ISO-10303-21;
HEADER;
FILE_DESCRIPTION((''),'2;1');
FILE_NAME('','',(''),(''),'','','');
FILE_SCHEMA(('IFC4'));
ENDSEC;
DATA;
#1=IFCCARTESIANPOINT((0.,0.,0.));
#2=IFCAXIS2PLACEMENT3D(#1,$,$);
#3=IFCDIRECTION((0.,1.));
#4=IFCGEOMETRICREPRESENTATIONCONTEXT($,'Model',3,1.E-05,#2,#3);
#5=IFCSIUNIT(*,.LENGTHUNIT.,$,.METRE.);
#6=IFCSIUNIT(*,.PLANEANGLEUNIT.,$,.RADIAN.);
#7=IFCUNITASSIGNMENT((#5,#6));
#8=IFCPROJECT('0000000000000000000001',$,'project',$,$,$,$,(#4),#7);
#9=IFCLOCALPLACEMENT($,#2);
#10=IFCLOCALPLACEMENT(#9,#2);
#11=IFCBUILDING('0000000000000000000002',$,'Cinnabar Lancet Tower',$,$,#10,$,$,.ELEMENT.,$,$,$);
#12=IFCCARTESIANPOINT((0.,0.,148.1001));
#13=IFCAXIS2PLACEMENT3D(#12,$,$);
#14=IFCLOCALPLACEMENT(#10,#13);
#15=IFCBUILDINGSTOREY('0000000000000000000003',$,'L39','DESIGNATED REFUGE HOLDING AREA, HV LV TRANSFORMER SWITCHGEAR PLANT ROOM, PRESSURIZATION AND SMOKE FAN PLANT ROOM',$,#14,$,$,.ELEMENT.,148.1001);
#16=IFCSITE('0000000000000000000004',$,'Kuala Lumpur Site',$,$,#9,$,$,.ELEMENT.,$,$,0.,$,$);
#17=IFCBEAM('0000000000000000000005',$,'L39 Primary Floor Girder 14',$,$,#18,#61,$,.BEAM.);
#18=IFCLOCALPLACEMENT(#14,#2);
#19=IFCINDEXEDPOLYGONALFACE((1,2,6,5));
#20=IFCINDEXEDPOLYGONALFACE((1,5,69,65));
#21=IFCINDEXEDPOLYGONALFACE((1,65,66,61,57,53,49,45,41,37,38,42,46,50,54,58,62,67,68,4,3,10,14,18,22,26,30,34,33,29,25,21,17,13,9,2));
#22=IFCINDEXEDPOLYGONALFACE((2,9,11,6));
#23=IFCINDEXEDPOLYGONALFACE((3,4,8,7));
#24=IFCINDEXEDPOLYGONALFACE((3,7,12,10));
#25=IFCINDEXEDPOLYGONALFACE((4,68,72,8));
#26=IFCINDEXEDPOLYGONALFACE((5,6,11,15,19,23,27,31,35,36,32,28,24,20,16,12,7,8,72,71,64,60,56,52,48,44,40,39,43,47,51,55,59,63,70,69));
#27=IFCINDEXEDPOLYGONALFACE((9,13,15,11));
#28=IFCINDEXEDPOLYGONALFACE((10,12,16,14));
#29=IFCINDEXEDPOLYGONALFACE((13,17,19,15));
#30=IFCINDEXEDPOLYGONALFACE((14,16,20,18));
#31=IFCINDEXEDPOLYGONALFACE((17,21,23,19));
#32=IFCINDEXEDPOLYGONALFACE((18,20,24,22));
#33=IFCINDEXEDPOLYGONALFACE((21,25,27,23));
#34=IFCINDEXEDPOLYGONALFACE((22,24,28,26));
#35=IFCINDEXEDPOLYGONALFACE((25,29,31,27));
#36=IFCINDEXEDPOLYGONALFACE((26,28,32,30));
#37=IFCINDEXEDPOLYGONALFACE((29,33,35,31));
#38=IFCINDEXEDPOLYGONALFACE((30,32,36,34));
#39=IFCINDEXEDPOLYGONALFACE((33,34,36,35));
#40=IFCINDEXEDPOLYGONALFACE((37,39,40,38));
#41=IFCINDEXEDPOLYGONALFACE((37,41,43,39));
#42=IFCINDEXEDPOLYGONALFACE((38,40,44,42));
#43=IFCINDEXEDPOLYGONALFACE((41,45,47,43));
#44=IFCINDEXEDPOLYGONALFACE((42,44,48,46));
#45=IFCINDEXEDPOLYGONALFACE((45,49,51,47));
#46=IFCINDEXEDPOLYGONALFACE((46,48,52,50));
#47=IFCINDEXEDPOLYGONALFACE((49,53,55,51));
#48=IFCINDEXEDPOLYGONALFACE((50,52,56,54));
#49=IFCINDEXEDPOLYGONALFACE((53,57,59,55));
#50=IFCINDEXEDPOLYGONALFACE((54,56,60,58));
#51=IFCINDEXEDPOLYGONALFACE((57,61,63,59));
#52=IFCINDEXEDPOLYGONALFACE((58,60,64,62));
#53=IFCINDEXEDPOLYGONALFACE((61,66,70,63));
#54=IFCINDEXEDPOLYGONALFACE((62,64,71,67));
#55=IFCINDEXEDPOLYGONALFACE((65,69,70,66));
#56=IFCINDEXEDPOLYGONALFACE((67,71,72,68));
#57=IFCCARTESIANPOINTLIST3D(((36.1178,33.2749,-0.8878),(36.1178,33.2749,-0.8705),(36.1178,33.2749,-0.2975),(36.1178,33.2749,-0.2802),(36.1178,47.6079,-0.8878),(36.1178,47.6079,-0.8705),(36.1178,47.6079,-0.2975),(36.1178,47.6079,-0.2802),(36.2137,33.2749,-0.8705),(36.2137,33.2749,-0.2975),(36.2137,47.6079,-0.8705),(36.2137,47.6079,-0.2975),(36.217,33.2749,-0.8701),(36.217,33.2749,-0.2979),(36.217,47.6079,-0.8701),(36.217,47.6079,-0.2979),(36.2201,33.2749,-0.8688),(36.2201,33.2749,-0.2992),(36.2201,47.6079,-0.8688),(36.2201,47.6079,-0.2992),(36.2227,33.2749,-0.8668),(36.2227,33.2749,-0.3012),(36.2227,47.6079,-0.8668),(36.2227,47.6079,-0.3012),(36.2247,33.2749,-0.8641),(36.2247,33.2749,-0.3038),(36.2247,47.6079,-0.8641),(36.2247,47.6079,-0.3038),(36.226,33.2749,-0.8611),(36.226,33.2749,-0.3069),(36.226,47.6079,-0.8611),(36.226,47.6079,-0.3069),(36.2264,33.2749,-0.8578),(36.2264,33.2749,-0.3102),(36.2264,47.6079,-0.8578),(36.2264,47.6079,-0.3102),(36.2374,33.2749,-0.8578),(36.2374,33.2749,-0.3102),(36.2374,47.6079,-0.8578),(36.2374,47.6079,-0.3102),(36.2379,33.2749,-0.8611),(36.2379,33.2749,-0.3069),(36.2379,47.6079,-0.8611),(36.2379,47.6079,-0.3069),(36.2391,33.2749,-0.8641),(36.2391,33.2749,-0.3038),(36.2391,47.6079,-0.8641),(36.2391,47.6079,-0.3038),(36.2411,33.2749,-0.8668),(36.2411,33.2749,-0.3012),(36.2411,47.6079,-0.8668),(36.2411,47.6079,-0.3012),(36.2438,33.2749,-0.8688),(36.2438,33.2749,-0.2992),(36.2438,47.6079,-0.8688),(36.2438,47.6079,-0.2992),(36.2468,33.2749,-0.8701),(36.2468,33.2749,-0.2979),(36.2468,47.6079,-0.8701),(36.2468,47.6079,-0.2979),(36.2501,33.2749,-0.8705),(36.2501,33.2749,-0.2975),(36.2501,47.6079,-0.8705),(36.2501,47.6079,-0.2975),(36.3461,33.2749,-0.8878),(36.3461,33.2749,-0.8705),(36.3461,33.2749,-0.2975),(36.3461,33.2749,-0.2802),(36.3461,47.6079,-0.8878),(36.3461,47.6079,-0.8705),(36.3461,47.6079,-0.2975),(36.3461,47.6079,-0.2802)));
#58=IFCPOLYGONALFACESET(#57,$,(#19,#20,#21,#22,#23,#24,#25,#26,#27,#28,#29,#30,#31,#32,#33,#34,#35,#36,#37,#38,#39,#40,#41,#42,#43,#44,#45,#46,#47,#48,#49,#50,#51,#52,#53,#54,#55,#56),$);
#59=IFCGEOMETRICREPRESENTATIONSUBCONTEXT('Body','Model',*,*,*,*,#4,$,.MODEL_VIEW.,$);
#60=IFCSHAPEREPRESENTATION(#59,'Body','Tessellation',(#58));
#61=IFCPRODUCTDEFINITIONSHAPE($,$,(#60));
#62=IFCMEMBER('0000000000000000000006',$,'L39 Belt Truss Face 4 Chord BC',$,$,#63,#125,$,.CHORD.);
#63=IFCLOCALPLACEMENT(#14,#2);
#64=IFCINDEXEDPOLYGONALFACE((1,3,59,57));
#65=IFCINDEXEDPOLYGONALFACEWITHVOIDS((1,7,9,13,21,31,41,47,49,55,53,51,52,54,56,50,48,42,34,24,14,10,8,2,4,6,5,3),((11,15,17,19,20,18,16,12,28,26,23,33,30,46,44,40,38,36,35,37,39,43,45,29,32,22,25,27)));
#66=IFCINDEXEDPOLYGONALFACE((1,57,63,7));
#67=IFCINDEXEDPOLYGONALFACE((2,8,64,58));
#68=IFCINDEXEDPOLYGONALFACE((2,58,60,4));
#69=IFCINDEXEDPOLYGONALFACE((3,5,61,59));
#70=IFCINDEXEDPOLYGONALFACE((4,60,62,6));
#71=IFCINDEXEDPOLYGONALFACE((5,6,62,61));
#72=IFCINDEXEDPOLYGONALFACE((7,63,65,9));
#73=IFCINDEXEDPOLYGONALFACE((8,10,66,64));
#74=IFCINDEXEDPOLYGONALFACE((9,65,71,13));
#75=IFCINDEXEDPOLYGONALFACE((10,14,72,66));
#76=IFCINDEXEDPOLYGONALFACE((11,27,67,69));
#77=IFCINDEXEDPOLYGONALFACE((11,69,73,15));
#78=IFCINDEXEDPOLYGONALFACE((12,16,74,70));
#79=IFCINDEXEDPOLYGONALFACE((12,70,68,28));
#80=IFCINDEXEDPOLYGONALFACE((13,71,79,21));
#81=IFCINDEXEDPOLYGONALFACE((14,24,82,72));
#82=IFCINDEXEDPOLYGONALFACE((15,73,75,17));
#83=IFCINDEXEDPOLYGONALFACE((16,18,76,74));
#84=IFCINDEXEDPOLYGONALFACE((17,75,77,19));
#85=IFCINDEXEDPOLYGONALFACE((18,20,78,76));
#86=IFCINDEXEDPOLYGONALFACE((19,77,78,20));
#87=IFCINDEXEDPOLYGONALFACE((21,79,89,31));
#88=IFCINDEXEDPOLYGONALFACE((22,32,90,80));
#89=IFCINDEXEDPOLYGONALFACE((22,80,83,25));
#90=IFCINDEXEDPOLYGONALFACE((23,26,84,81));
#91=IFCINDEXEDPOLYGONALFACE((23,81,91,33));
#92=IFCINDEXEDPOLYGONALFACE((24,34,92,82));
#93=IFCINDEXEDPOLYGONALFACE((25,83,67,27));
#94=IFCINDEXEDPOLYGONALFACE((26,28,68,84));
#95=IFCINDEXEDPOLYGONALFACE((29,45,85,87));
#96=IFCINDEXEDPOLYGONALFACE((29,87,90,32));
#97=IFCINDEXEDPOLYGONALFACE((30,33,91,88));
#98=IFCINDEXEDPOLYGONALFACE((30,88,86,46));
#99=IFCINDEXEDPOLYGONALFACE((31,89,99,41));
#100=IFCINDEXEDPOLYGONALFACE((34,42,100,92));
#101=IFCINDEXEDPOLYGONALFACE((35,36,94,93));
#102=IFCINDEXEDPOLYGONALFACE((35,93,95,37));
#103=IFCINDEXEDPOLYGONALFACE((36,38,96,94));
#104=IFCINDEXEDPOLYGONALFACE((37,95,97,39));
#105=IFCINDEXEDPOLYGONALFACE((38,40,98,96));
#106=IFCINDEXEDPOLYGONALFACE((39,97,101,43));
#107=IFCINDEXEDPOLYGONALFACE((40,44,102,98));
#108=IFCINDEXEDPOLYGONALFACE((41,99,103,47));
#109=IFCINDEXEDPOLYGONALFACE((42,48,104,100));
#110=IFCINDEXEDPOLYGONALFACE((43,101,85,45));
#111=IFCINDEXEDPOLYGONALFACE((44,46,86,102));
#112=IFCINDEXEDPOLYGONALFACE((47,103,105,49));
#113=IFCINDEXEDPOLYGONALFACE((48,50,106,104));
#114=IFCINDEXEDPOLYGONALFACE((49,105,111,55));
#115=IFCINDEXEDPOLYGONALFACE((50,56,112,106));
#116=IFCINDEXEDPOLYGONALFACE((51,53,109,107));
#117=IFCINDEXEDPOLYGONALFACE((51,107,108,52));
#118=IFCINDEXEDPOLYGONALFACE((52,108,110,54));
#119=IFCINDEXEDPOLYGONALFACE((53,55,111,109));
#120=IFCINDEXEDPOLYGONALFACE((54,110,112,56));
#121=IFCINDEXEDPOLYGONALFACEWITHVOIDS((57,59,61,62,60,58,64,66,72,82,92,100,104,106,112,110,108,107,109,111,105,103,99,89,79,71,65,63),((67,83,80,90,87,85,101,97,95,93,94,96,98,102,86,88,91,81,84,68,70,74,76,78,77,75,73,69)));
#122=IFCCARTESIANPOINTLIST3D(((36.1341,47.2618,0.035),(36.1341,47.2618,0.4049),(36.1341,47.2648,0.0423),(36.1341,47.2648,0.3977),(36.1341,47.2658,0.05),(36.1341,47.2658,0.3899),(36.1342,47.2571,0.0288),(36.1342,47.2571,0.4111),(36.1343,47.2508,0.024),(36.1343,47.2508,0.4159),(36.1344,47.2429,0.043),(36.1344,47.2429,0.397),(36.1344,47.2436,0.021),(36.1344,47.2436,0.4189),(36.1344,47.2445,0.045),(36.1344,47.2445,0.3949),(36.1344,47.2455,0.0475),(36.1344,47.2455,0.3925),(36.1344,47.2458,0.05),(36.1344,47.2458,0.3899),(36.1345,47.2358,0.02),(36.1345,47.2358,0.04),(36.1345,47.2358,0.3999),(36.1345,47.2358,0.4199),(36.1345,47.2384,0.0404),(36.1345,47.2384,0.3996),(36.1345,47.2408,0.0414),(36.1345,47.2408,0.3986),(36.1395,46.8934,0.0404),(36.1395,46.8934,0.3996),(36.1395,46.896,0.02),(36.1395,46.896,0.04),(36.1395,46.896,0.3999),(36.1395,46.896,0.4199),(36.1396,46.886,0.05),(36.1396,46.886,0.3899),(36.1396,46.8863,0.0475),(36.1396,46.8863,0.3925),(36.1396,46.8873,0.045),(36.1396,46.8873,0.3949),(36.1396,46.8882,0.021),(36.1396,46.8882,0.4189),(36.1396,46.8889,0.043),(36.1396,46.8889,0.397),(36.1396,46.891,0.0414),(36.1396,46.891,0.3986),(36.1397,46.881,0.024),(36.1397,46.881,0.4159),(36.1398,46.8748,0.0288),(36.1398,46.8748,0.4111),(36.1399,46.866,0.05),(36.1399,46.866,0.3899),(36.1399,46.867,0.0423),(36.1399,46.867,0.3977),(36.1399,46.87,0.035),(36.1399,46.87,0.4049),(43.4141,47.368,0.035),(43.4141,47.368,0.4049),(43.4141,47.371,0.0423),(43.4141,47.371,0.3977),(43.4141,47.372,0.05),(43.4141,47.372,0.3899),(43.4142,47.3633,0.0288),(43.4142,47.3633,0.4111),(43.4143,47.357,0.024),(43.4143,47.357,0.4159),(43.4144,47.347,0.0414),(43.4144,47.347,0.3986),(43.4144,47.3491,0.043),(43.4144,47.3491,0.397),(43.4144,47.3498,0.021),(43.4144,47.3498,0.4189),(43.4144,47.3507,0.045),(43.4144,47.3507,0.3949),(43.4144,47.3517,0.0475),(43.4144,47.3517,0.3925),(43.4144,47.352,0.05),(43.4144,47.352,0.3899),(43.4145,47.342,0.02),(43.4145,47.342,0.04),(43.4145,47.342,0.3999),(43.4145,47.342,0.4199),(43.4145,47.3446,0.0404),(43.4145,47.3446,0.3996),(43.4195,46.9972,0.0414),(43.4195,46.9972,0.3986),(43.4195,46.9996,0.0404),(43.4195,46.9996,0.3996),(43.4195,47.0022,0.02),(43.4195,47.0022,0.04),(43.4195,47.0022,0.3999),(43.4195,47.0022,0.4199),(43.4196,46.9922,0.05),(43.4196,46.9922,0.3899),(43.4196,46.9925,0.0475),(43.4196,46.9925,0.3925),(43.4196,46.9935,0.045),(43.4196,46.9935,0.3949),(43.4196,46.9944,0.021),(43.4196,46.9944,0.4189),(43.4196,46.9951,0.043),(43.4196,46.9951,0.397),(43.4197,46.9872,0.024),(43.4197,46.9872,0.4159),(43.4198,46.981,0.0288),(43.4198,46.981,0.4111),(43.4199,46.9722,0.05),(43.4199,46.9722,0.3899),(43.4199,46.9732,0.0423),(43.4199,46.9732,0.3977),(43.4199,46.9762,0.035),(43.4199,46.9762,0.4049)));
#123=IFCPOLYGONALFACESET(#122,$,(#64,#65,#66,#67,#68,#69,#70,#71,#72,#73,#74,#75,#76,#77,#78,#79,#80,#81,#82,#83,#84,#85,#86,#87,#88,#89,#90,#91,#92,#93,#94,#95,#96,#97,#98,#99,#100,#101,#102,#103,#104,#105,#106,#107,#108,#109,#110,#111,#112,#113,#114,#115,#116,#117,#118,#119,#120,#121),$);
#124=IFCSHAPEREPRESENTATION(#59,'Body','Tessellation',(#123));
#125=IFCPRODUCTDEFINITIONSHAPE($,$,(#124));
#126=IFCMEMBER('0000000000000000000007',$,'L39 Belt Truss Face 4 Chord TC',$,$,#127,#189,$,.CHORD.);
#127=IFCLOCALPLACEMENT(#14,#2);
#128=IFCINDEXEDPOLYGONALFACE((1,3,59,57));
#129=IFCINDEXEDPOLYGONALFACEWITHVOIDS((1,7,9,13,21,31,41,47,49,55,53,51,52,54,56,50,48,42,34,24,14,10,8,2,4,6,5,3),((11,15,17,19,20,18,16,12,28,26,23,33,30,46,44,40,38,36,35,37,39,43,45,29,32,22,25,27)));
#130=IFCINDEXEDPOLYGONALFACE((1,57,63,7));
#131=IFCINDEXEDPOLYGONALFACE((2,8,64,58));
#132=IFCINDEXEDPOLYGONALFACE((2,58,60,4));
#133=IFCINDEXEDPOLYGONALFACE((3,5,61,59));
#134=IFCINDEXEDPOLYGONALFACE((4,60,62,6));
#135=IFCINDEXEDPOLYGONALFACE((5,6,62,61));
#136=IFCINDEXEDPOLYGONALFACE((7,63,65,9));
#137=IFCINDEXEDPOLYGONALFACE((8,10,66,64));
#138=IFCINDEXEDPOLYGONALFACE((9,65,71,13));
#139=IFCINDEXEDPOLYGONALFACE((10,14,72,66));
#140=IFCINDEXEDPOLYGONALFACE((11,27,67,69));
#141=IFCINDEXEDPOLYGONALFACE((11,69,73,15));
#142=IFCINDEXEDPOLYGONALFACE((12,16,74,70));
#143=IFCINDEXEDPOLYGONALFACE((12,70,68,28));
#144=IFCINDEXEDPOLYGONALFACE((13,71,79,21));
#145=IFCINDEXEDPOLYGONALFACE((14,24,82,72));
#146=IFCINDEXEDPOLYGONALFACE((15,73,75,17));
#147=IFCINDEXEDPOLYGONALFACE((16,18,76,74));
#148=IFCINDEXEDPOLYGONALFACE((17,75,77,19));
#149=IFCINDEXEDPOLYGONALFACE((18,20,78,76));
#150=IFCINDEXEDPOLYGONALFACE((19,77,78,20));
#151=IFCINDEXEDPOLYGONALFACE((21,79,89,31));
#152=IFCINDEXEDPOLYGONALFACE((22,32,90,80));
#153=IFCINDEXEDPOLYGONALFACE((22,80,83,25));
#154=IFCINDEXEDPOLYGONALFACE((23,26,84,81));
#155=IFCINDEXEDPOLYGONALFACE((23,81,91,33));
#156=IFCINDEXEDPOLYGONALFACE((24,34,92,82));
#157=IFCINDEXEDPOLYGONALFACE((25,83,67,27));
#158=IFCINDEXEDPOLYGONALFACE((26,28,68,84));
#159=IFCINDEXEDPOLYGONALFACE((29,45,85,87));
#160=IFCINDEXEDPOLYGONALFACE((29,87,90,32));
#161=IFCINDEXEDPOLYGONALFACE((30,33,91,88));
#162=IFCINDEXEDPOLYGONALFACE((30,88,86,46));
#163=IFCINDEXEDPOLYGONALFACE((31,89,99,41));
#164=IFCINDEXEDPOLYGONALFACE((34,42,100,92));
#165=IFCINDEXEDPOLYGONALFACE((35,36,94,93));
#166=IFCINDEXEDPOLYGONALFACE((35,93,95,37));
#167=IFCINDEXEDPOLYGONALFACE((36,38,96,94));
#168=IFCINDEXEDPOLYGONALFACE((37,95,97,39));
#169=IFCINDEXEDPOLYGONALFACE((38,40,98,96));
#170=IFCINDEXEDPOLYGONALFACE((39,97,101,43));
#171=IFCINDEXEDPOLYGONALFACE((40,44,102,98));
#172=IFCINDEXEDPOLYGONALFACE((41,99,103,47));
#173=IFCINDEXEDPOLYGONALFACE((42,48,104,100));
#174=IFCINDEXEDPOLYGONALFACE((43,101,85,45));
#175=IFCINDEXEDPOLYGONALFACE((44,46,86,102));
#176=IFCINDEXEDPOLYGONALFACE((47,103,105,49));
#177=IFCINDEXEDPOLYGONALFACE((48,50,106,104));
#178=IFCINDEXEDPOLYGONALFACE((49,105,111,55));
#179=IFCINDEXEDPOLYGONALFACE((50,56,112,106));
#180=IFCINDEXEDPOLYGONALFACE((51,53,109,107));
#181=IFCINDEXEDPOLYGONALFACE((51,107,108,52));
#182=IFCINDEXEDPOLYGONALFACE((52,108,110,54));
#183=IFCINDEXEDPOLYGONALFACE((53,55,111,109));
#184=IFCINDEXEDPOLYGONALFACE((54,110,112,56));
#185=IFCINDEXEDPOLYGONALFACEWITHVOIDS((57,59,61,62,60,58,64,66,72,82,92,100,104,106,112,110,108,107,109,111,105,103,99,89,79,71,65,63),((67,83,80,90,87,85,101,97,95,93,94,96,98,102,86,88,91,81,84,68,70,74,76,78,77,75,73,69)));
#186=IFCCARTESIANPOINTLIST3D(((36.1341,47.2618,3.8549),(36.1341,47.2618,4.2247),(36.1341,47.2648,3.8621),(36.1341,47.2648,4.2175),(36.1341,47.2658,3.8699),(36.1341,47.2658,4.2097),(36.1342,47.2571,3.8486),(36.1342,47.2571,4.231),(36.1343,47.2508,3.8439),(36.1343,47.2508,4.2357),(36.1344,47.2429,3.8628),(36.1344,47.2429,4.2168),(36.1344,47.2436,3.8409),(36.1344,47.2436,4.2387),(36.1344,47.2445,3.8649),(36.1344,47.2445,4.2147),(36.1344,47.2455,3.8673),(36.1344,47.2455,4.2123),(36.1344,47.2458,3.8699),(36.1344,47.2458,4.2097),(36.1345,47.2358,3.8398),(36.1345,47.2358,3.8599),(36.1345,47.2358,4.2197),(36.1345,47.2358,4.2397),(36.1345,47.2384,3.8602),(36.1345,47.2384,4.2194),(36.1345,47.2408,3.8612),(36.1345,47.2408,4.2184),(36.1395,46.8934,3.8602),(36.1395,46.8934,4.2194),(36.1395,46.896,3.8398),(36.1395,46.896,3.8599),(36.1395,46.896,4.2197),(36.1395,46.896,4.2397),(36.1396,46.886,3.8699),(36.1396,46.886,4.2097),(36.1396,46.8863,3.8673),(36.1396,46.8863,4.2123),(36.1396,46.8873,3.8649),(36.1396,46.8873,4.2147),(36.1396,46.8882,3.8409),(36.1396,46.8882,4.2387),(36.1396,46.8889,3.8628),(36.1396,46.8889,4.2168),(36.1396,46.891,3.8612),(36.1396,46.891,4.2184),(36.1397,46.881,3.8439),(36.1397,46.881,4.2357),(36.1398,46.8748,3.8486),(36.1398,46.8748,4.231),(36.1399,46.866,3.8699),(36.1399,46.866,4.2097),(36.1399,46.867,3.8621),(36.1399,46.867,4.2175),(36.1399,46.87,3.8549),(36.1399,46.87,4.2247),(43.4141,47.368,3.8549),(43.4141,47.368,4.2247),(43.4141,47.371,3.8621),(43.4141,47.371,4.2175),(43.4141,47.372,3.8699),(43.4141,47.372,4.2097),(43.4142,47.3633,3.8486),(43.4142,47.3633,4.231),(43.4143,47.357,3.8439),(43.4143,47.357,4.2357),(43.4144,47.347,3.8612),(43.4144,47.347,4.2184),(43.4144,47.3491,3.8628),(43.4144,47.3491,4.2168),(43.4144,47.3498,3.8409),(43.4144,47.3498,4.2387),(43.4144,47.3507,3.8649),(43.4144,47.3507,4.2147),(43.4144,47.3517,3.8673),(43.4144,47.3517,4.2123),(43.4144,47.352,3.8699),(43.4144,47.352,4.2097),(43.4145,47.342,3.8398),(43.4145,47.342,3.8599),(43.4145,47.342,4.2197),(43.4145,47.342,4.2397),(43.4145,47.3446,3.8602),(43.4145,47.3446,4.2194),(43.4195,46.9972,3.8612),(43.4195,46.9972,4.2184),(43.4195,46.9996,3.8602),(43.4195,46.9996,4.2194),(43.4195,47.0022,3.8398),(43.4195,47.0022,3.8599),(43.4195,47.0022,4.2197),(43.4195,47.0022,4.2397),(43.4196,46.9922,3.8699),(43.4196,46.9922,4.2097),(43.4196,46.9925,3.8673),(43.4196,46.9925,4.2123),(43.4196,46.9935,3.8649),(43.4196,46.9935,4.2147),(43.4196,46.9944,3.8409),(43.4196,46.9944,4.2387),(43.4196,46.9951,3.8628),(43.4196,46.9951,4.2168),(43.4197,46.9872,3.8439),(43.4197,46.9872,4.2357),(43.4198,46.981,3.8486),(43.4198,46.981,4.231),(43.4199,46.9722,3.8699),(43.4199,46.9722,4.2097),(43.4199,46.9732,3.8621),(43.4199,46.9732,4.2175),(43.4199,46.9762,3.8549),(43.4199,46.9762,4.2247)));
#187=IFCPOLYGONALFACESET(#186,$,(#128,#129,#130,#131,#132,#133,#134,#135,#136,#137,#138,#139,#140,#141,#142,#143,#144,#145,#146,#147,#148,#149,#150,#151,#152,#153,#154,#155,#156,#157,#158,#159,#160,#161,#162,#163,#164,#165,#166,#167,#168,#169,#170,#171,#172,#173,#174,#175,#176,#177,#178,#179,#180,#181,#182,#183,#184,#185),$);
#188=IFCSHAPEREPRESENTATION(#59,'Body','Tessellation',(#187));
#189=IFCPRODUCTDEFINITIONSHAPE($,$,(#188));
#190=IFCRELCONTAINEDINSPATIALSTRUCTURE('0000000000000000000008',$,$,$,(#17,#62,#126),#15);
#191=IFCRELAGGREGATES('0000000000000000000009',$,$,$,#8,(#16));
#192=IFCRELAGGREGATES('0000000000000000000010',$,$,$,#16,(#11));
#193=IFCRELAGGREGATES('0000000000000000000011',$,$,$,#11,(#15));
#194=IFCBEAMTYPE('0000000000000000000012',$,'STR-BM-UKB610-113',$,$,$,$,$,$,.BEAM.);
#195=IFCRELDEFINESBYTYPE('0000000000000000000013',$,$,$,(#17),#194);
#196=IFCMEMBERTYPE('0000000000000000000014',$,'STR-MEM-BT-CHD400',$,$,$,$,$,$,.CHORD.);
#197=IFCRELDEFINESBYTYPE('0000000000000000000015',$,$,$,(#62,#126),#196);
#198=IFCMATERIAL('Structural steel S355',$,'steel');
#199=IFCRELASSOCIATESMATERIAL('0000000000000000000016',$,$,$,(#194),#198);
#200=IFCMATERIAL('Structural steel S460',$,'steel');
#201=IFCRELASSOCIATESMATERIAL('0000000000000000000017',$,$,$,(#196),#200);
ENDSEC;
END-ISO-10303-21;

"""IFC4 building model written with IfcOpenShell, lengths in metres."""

from ifc_helpers import new_model, si_unit, direction, frame, origin, origin_2d, place, context, subcontext, project, spatial, hollow_rectangle, i_section, extrude, material, material_profile, profile_set, type_object, element, save


model = new_model("IFC4")

# Units and contexts
model_context = context("Model", 3, precision=1e-05, world=origin(), true_north=direction((0.0, 1.0)))
body_context = subcontext(model_context, "Body", "Model", "MODEL_VIEW")
ifc_project = project(units=[si_unit("LENGTHUNIT", "METRE"), si_unit("PLANEANGLEUNIT", "RADIAN")], contexts=[model_context])

# Site, building, storey
site_placement = place(None, origin())
site = spatial("IfcSite", under=ifc_project, at=site_placement, Name="Kuala Lumpur Site", CompositionType="ELEMENT", RefElevation=0.0)
building_placement = place(site_placement, origin())
building = spatial("IfcBuilding", under=site, at=building_placement, Name="Cinnabar Lancet Tower", CompositionType="ELEMENT")
storey_placement = place(building_placement, frame((0.0, 0.0, 148.1001)))
storey = spatial("IfcBuildingStorey", under=building, at=storey_placement, Name="L39", Description="DESIGNATED REFUGE HOLDING AREA, HV LV TRANSFORMER SWITCHGEAR PLANT ROOM, PRESSURIZATION AND SMOKE FAN PLANT ROOM", CompositionType="ELEMENT", Elevation=148.1001)

# Beam
ifc_material_1 = material(Name="Structural steel S355", Category="steel")
ifc_material_profile_1 = material_profile(ifc_material_1, i_section(OverallWidth=0.2283, OverallDepth=0.6077, WebThickness=0.011, FlangeThickness=0.0173, FilletRadius=0.0127, at=origin_2d()), Name="UKB 610x229x113")
ifc_profile_set_1 = profile_set([ifc_material_profile_1], Name="Structural steel S355")
beam_type_1 = type_object("IfcBeamType", Name="STR-BM-UKB610-113", PredefinedType="BEAM", material=ifc_profile_set_1)
beam_1_placement = place(storey_placement, frame((36.2319, 47.6079, -0.584), z_axis=(0.0, -1.0, 0.0), x_axis=(1.0, 0.0, 0.0)))
element("IfcBeam", 1, at=beam_1_placement, inside=storey, type_object=beam_type_1, Name="L39 Primary Floor Girder 14", PredefinedType="BEAM", context=body_context, shape_type="SweptSolid", body=[
    extrude(i_section(OverallWidth=0.2283, OverallDepth=0.6077, WebThickness=0.011, FlangeThickness=0.0173, FilletRadius=0.0127, at=origin_2d()), origin(), (0.0, 0.0, 1.0), 14.333),
])

# Members
ifc_material_2 = material(Name="Structural steel S460", Category="steel")
ifc_material_profile_2 = material_profile(ifc_material_2, hollow_rectangle(XDim=0.3999, YDim=0.3999, WallThickness=0.02, InnerFilletRadius=0.01, OuterFilletRadius=0.03, at=origin_2d()), Name="SHS 400x400x20")
ifc_profile_set_2 = profile_set([ifc_material_profile_2], Name="Structural steel S460")
member_type_1 = type_object("IfcMemberType", Name="STR-MEM-BT-CHD400", PredefinedType="CHORD", material=ifc_profile_set_2)
for number, where, z_axis, x_axis, name in (
    (2, (43.417, 47.1721, 0.22), (-0.999894, -0.014586, 0.0), (0.014586, -0.999894, 0.0), "L39 Belt Truss Face 4 Chord BC"),
    (3, (43.417, 47.1721, 4.0398), (-0.999894, -0.014586, 0.0), (0.014586, -0.999894, 0.0), "L39 Belt Truss Face 4 Chord TC"),
):
    element("IfcMember", number, at=place(storey_placement, frame(where, z_axis=z_axis, x_axis=x_axis)), inside=storey, type_object=member_type_1, Name=name, PredefinedType="CHORD", context=body_context, shape_type="SweptSolid", body=[
        extrude(hollow_rectangle(XDim=0.3999, YDim=0.3999, WallThickness=0.02, InnerFilletRadius=0.01, OuterFilletRadius=0.03, at=origin_2d()), origin(), (0.0, 0.0, 1.0), 7.2808),
    ])

save(model, "model.ifc")
